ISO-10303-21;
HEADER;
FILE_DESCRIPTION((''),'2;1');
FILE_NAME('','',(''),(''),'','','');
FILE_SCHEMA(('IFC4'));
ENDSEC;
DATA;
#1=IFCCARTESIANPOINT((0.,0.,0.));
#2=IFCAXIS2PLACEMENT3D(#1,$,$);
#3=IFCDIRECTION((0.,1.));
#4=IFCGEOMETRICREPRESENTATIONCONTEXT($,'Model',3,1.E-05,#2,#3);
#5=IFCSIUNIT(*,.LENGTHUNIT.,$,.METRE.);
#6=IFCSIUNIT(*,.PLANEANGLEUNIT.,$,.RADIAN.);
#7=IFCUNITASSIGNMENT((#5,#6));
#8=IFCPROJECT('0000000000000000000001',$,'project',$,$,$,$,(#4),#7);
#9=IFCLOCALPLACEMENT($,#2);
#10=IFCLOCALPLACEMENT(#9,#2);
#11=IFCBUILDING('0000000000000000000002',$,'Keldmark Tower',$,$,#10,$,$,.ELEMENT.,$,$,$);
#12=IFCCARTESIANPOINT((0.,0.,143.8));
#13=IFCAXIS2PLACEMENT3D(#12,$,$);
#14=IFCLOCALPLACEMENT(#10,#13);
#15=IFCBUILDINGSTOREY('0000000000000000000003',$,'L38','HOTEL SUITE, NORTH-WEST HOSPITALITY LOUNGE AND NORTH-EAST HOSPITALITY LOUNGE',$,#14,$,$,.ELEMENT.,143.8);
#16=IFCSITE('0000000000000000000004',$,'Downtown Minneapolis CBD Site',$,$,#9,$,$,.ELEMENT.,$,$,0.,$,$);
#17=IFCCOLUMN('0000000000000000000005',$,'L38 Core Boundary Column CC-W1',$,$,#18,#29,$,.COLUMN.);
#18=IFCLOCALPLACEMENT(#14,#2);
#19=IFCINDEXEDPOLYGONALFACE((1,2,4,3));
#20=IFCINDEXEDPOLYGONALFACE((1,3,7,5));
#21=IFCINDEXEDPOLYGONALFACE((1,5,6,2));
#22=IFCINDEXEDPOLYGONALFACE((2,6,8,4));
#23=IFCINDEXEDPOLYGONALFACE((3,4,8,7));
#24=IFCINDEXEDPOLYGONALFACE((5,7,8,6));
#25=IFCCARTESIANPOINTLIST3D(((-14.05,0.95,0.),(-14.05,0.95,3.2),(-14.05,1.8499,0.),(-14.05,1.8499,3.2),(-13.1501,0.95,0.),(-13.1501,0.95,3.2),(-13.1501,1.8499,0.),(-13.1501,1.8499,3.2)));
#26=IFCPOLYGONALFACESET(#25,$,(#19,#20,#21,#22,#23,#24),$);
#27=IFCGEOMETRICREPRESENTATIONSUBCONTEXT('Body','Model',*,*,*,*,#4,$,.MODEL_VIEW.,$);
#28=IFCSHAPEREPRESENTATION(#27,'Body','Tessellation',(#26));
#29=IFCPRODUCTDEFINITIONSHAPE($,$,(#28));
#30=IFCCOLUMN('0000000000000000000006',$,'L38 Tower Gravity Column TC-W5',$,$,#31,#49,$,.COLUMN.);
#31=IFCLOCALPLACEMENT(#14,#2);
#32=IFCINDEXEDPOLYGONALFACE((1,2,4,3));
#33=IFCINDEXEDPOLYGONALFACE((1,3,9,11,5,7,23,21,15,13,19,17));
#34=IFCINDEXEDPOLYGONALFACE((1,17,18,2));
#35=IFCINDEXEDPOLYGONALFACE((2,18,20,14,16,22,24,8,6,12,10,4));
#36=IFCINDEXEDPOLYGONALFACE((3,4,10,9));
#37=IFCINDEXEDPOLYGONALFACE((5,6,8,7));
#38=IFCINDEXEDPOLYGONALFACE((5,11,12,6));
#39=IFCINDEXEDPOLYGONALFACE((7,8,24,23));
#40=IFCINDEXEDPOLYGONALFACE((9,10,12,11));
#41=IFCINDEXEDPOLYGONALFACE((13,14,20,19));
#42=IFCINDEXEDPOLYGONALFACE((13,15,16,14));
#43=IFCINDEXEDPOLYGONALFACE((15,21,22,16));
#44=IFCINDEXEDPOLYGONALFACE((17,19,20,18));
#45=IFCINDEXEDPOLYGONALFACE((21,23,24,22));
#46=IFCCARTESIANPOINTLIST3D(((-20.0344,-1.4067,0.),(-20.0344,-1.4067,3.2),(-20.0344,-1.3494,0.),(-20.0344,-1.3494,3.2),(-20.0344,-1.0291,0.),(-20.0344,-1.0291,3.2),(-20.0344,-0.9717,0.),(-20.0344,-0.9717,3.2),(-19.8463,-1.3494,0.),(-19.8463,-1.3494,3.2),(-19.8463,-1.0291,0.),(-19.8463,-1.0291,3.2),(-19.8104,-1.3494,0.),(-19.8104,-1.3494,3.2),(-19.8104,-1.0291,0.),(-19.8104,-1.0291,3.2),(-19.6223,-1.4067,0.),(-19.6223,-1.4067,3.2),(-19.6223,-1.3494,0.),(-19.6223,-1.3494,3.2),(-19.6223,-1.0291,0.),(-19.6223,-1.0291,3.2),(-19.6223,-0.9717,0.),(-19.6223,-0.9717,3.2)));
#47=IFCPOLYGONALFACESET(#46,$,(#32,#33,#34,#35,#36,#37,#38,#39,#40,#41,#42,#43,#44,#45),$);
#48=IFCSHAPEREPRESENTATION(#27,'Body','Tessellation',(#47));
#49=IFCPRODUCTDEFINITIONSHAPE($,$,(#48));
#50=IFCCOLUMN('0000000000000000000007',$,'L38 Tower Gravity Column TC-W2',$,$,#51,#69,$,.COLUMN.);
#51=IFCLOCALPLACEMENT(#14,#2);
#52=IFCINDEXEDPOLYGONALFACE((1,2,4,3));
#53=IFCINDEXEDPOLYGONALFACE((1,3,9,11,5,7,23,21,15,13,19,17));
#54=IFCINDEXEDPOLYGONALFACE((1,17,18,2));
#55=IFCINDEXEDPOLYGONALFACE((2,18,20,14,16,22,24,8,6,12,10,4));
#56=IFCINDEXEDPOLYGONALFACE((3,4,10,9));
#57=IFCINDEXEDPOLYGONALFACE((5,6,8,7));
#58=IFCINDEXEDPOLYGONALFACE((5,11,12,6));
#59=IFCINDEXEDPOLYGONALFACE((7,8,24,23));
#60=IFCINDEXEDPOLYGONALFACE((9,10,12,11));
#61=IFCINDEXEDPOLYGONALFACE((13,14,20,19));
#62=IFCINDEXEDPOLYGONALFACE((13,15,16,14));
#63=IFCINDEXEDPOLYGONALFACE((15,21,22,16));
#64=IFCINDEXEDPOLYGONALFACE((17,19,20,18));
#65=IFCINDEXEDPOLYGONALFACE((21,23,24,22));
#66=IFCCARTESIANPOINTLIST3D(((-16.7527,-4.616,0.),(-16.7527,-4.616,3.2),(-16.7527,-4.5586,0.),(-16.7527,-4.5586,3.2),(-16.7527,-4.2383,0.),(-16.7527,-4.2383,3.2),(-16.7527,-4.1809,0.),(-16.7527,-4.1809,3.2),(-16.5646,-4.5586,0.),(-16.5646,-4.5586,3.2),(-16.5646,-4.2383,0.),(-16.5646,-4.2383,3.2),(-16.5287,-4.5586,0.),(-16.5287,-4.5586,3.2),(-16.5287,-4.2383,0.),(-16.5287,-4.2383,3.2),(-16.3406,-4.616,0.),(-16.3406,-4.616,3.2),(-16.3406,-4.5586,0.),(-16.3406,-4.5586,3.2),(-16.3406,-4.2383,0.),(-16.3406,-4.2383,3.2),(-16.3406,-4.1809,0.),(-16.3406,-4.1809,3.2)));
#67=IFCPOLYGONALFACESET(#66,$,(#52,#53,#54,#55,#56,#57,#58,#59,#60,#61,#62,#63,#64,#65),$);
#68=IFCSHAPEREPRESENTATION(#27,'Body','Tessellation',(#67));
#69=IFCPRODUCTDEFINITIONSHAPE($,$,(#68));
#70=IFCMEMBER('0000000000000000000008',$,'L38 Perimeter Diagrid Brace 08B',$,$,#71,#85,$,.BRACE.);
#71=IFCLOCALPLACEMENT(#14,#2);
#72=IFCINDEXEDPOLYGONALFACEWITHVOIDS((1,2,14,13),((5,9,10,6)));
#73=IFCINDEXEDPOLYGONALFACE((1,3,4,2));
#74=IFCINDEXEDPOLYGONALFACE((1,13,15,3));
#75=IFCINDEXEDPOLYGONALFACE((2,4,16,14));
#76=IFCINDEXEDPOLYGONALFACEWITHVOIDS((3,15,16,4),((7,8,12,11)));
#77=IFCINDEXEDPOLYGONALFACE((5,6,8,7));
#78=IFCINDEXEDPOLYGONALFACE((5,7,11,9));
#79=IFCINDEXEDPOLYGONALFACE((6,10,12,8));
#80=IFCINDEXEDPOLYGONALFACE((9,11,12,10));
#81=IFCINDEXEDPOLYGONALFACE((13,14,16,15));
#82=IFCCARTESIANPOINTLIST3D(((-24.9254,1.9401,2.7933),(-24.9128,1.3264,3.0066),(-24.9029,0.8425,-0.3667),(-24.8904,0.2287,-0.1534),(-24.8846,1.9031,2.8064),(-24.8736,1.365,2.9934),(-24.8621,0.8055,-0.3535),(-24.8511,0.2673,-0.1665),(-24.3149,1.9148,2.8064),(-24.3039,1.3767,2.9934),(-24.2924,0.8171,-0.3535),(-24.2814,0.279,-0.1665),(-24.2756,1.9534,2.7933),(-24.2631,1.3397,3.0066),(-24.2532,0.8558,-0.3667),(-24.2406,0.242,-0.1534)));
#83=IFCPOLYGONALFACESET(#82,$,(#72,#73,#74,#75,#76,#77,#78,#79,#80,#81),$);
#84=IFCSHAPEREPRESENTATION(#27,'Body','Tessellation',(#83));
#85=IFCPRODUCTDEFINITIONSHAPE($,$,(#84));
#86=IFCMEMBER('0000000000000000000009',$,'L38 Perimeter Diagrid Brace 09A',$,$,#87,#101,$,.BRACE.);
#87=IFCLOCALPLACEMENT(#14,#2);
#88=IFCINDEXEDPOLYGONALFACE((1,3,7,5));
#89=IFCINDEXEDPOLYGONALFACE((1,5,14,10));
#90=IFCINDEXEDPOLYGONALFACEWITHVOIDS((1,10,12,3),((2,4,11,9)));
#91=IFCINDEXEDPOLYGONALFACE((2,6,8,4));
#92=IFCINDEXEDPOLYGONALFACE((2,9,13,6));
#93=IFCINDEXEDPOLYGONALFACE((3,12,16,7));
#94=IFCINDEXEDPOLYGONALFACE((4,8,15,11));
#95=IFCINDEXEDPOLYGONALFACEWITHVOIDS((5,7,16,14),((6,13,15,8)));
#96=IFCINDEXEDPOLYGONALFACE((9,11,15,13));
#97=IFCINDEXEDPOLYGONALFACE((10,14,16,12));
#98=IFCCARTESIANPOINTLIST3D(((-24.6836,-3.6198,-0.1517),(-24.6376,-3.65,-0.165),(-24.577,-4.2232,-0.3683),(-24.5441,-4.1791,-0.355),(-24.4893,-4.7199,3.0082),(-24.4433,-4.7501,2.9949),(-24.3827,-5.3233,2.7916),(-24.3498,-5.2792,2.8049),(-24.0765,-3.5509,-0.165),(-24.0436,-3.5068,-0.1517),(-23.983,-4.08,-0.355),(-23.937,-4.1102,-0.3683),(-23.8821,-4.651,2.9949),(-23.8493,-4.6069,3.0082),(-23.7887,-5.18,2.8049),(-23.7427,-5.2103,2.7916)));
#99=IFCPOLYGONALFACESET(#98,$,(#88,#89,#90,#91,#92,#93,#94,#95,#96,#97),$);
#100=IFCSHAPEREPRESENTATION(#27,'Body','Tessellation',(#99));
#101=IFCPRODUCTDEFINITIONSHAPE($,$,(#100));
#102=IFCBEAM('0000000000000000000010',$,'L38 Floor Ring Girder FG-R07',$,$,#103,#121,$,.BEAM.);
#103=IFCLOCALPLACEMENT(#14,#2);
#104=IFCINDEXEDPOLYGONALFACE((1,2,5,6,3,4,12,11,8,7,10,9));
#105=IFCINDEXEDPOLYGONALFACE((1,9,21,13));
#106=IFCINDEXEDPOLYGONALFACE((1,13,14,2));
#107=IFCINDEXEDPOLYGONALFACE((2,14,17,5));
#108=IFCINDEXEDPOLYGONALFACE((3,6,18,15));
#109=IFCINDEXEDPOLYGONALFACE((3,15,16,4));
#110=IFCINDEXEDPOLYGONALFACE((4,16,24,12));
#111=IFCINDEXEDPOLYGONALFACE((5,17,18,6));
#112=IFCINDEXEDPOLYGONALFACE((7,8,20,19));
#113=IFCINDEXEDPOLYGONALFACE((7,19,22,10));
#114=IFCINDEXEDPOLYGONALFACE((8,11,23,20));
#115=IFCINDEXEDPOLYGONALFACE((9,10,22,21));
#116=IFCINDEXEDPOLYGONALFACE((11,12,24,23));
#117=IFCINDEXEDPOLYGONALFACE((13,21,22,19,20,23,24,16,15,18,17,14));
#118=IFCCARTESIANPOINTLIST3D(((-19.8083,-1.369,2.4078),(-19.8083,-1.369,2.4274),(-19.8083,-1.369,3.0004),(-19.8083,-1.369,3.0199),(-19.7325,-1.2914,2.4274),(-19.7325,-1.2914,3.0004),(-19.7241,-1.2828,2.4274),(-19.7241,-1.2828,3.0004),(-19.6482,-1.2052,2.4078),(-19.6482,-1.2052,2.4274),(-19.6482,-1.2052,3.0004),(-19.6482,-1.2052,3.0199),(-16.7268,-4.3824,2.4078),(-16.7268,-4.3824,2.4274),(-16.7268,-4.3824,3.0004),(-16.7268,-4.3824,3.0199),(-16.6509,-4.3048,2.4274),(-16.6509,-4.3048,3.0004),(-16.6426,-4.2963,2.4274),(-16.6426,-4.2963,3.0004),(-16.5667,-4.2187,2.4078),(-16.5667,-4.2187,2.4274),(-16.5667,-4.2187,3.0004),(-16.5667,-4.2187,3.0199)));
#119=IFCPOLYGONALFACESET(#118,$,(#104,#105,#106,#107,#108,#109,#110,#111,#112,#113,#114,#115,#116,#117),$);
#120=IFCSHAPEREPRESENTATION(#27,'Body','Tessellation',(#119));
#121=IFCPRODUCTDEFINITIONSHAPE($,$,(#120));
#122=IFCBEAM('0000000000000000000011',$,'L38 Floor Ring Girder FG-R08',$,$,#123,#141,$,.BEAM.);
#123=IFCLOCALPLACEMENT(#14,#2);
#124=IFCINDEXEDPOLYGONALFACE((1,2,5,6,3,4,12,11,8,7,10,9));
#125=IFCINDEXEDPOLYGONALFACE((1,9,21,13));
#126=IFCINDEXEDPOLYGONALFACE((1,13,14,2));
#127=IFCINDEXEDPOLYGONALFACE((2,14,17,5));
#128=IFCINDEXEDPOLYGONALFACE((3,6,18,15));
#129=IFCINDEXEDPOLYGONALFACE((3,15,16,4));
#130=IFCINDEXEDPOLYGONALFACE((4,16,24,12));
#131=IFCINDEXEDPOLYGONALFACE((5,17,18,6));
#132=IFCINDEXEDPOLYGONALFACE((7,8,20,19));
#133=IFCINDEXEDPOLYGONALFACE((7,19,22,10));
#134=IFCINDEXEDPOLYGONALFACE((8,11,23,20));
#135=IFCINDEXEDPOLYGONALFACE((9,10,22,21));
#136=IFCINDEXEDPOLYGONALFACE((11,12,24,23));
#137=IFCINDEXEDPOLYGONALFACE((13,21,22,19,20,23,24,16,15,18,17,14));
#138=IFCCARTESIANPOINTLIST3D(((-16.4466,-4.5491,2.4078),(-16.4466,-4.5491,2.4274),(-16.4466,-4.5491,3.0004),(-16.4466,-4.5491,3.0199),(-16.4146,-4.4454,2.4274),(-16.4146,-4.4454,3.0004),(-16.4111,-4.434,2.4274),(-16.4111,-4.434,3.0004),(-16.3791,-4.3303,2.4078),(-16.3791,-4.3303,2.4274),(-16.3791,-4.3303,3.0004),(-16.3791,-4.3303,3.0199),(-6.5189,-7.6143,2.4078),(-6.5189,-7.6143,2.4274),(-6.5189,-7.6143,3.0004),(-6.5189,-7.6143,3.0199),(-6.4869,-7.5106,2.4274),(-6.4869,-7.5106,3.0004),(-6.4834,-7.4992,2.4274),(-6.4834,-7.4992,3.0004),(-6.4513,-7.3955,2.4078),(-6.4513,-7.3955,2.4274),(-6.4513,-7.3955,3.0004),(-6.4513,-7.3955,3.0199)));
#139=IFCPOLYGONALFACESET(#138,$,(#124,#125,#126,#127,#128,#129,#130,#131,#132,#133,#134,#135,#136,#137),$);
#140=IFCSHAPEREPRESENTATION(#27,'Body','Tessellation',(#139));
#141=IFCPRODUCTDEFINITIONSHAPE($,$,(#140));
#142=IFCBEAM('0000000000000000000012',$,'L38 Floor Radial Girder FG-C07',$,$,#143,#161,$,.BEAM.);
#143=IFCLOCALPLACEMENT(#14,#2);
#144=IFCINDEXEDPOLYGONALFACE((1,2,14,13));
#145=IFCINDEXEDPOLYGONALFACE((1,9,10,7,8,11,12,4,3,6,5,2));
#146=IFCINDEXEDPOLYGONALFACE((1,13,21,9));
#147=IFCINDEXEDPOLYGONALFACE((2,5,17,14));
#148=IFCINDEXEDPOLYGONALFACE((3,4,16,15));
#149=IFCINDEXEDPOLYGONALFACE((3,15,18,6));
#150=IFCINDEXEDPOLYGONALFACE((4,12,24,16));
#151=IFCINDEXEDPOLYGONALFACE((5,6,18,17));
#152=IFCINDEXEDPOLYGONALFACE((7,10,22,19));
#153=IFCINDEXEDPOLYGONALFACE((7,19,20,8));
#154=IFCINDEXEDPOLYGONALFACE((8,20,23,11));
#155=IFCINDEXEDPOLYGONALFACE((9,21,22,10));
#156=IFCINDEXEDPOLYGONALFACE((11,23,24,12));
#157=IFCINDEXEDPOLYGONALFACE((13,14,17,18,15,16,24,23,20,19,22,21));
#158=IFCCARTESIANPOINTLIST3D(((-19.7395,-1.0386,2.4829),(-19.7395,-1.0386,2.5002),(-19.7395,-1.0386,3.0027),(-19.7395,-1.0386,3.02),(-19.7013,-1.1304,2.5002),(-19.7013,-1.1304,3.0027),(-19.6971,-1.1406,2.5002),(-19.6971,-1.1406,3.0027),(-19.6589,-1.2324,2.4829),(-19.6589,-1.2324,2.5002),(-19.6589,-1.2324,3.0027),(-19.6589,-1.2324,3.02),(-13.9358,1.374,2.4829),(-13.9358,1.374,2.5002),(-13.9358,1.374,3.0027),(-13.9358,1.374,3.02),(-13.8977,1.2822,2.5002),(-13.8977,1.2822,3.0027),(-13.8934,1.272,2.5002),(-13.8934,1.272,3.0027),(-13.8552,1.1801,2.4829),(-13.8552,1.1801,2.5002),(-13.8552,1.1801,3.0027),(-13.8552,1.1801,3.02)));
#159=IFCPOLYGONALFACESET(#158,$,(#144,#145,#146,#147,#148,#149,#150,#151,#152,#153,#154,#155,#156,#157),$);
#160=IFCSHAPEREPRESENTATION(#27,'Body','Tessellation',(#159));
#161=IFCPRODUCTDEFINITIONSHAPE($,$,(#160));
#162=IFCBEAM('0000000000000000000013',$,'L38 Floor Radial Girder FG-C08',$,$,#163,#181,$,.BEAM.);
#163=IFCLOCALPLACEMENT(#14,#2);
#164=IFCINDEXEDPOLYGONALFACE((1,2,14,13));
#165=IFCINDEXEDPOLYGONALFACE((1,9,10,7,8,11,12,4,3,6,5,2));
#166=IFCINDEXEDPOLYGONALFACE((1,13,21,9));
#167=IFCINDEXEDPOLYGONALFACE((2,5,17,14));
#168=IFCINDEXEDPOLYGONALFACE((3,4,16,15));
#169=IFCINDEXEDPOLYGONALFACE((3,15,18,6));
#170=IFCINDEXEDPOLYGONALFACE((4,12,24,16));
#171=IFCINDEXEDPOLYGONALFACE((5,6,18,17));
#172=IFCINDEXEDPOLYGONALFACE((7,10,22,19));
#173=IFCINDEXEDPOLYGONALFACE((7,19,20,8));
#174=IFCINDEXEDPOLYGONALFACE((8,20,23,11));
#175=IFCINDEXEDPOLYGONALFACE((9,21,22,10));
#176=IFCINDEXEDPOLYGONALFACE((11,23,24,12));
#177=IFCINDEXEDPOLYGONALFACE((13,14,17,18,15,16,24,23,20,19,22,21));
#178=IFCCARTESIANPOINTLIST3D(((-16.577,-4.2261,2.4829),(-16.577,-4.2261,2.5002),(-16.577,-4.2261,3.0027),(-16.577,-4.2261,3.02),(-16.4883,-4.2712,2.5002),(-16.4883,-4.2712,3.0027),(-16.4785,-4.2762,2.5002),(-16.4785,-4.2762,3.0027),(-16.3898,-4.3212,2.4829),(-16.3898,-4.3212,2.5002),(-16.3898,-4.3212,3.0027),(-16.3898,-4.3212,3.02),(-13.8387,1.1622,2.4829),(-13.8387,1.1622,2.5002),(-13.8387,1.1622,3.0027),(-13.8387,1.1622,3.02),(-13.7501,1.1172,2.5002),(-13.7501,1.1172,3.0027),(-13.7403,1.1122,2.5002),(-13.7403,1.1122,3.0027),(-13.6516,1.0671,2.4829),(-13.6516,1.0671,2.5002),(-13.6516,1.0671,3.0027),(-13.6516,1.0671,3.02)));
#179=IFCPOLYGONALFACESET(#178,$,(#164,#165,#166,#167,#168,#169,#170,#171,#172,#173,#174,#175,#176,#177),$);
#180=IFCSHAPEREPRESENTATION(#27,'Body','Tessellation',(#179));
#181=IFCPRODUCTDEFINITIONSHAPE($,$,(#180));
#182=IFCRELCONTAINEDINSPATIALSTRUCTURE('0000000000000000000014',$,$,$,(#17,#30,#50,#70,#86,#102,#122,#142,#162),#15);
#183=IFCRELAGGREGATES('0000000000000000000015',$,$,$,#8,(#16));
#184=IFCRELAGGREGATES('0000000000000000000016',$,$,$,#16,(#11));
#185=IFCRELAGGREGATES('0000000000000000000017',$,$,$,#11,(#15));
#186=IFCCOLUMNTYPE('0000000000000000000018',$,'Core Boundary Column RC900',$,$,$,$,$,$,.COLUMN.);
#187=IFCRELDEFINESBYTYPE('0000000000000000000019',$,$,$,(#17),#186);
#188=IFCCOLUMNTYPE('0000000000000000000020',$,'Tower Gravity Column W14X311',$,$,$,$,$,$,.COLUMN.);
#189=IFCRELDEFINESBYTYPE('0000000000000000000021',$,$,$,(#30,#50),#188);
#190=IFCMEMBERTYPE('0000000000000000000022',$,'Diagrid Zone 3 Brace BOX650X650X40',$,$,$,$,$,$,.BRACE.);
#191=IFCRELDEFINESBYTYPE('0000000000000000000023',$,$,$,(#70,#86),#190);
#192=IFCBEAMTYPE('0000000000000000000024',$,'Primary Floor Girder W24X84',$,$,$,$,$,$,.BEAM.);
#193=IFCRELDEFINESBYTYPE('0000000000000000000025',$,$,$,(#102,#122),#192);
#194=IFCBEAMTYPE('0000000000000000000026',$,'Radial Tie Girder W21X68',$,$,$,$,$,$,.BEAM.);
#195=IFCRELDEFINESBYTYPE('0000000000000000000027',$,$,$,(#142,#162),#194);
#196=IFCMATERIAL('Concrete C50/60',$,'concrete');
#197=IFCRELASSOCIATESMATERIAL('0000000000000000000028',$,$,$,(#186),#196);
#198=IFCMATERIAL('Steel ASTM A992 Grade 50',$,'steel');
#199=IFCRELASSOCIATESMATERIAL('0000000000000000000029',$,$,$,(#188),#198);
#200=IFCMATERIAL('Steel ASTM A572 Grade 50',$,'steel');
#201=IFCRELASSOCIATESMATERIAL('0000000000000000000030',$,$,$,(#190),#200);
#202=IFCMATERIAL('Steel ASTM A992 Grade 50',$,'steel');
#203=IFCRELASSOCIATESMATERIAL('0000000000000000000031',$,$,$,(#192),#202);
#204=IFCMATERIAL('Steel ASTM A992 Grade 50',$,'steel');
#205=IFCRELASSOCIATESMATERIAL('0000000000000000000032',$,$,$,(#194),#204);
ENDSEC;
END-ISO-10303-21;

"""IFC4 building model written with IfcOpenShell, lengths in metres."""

from ifc_helpers import new_model, si_unit, direction, frame, origin, origin_2d, place, context, subcontext, project, spatial, rectangle, hollow_rectangle, i_section, extrude, material, material_profile, profile_set, type_object, element, save


model = new_model("IFC4")

# Units and contexts
model_context = context("Model", 3, precision=1e-05, world=origin(), true_north=direction((0.0, 1.0)))
body_context = subcontext(model_context, "Body", "Model", "MODEL_VIEW")
ifc_project = project(units=[si_unit("LENGTHUNIT", "METRE"), si_unit("PLANEANGLEUNIT", "RADIAN")], contexts=[model_context])

# Site, building, storey
site_placement = place(None, origin())
site = spatial("IfcSite", under=ifc_project, at=site_placement, Name="Downtown Minneapolis CBD Site", CompositionType="ELEMENT", RefElevation=0.0)
building_placement = place(site_placement, origin())
building = spatial("IfcBuilding", under=site, at=building_placement, Name="Keldmark Tower", CompositionType="ELEMENT")
storey_placement = place(building_placement, frame((0.0, 0.0, 143.8)))
storey = spatial("IfcBuildingStorey", under=building, at=storey_placement, Name="L38", Description="HOTEL SUITE, NORTH-WEST HOSPITALITY LOUNGE AND NORTH-EAST HOSPITALITY LOUNGE", CompositionType="ELEMENT", Elevation=143.8)

# Columns
ifc_material_1 = material(Name="Concrete C50/60", Category="concrete")
ifc_material_profile_1 = material_profile(ifc_material_1, rectangle(XDim=0.8999, YDim=0.8999, at=origin_2d()), Name="RC900X900")
ifc_profile_set_1 = profile_set([ifc_material_profile_1], Name="Concrete C50/60")
column_type_1 = type_object("IfcColumnType", Name="Core Boundary Column RC900", PredefinedType="COLUMN", material=ifc_profile_set_1)
column_placement = place(storey_placement, frame((-13.6001, 1.3999, 0.0), z_axis=(0.0, 0.0, 1.0), x_axis=(1.0, 0.0, 0.0)))
element("IfcColumn", 1, at=column_placement, inside=storey, type_object=column_type_1, Name="L38 Core Boundary Column CC-W1", PredefinedType="COLUMN", context=body_context, shape_type="SweptSolid", body=[
    extrude(rectangle(XDim=0.8999, YDim=0.8999, at=origin_2d()), origin(), (0.0, 0.0, 1.0), 3.2),
])
ifc_material_2 = material(Name="Steel ASTM A992 Grade 50", Category="steel")
ifc_material_profile_2 = material_profile(ifc_material_2, i_section(OverallWidth=0.4121, OverallDepth=0.4351, WebThickness=0.0359, FlangeThickness=0.0574, at=origin_2d()), Name="W14X311")
ifc_profile_set_2 = profile_set([ifc_material_profile_2], Name="Steel ASTM A992 Grade 50")
column_type_2 = type_object("IfcColumnType", Name="Tower Gravity Column W14X311", PredefinedType="COLUMN", material=ifc_profile_set_2)
for number, where, z_axis, x_axis, name in (
    (2, (-19.8284, -1.1892, 0.0), (0.0, 0.0, 1.0), (1.0, 0.0, 0.0), "L38 Tower Gravity Column TC-W5"),
    (3, (-16.5466, -4.3984, 0.0), (0.0, 0.0, 1.0), (1.0, 0.0, 0.0), "L38 Tower Gravity Column TC-W2"),
):
    element("IfcColumn", number, at=place(storey_placement, frame(where, z_axis=z_axis, x_axis=x_axis)), inside=storey, type_object=column_type_2, Name=name, PredefinedType="COLUMN", context=body_context, shape_type="SweptSolid", body=[
        extrude(i_section(OverallWidth=0.4121, OverallDepth=0.4351, WebThickness=0.0359, FlangeThickness=0.0574, at=origin_2d()), origin(), (0.0, 0.0, 1.0), 3.2),
    ])

# Members
ifc_material_3 = material(Name="Steel ASTM A572 Grade 50", Category="steel")
ifc_material_profile_3 = material_profile(ifc_material_3, hollow_rectangle(XDim=0.6499, YDim=0.6499, WallThickness=0.04, at=origin_2d()), Name="BOX650X650X40")
ifc_profile_set_3 = profile_set([ifc_material_profile_3], Name="Steel ASTM A572 Grade 50")
member_type = type_object("IfcMemberType", Name="Diagrid Zone 3 Brace BOX650X650X40", PredefinedType="BRACE", material=ifc_profile_set_3)
member_1_placement = place(storey_placement, frame((-24.5718, 0.5422, -0.26), z_axis=(-0.006714, 0.328128, 0.944609), x_axis=(-0.999791, -0.020458, 0.0)))
element("IfcMember", 4, at=member_1_placement, inside=storey, type_object=member_type, Name="L38 Perimeter Diagrid Brace 08B", PredefinedType="BRACE", context=body_context, shape_type="SweptSolid", body=[
    extrude(hollow_rectangle(XDim=0.6499, YDim=0.6499, WallThickness=0.04, at=origin_2d()), origin(), (0.0, 0.0, 1.0), 3.3452),
])
member_2_placement = place(storey_placement, frame((-24.3103, -3.865, -0.26), z_axis=(0.057984, -0.328233, 0.942815), x_axis=(0.984753, 0.17396, 0.0)))
element("IfcMember", 5, at=member_2_placement, inside=storey, type_object=member_type, Name="L38 Perimeter Diagrid Brace 09A", PredefinedType="BRACE", context=body_context, shape_type="SweptSolid", body=[
    extrude(hollow_rectangle(XDim=0.6499, YDim=0.6499, WallThickness=0.04, at=origin_2d()), origin(), (0.0, 0.0, 1.0), 3.3516),
])

# Beams
ifc_material_4 = material(Name="Steel ASTM A992 Grade 50", Category="steel")
ifc_material_profile_4 = material_profile(ifc_material_4, i_section(OverallWidth=0.229, OverallDepth=0.6121, WebThickness=0.012, FlangeThickness=0.0195, at=origin_2d()), Name="W24X84")
ifc_profile_set_4 = profile_set([ifc_material_profile_4], Name="Steel ASTM A992 Grade 50")
beam_type_1 = type_object("IfcBeamType", Name="Primary Floor Girder W24X84", PredefinedType="BEAM", material=ifc_profile_set_4)
beam_1_placement = place(storey_placement, frame((-19.7283, -1.2871, 2.7139), z_axis=(0.714965, -0.699161, 0.0), x_axis=(0.699161, 0.714965, 0.0)))
element("IfcBeam", 6, at=beam_1_placement, inside=storey, type_object=beam_type_1, Name="L38 Floor Ring Girder FG-R07", PredefinedType="BEAM", context=body_context, shape_type="SweptSolid", body=[
    extrude(i_section(OverallWidth=0.229, OverallDepth=0.6121, WebThickness=0.012, FlangeThickness=0.0195, at=origin_2d()), origin(), (0.0, 0.0, 1.0), 4.3101),
])
beam_2_placement = place(storey_placement, frame((-16.4128, -4.4397, 2.7139), z_axis=(0.955495, -0.295009, 0.0), x_axis=(0.295009, 0.955495, 0.0)))
element("IfcBeam", 7, at=beam_2_placement, inside=storey, type_object=beam_type_1, Name="L38 Floor Ring Girder FG-R08", PredefinedType="BEAM", context=body_context, shape_type="SweptSolid", body=[
    extrude(i_section(OverallWidth=0.229, OverallDepth=0.6121, WebThickness=0.012, FlangeThickness=0.0195, at=origin_2d()), origin(), (0.0, 0.0, 1.0), 10.3901),
])
ifc_material_5 = material(Name="Steel ASTM A992 Grade 50", Category="steel")
ifc_material_profile_5 = material_profile(ifc_material_5, i_section(OverallWidth=0.21, OverallDepth=0.5371, WebThickness=0.011, FlangeThickness=0.0173, at=origin_2d()), Name="W21X68")
ifc_profile_set_5 = profile_set([ifc_material_profile_5], Name="Steel ASTM A992 Grade 50")
beam_type_2 = type_object("IfcBeamType", Name="Radial Tie Girder W21X68", PredefinedType="BEAM", material=ifc_profile_set_5)
beam_3_placement = place(storey_placement, frame((-19.6992, -1.1355, 2.7515), z_axis=(0.923394, 0.383854, 0.0), x_axis=(-0.383854, 0.923394, 0.0)))
element("IfcBeam", 8, at=beam_3_placement, inside=storey, type_object=beam_type_2, Name="L38 Floor Radial Girder FG-C07", PredefinedType="BEAM", context=body_context, shape_type="SweptSolid", body=[
    extrude(i_section(OverallWidth=0.21, OverallDepth=0.5371, WebThickness=0.011, FlangeThickness=0.0173, at=origin_2d()), origin(), (0.0, 0.0, 1.0), 6.2852),
])
beam_4_placement = place(storey_placement, frame((-16.4834, -4.2737, 2.7515), z_axis=(0.453037, 0.891492, 0.0), x_axis=(-0.891492, 0.453037, 0.0)))
element("IfcBeam", 9, at=beam_4_placement, inside=storey, type_object=beam_type_2, Name="L38 Floor Radial Girder FG-C08", PredefinedType="BEAM", context=body_context, shape_type="SweptSolid", body=[
    extrude(i_section(OverallWidth=0.21, OverallDepth=0.5371, WebThickness=0.011, FlangeThickness=0.0173, at=origin_2d()), origin(), (0.0, 0.0, 1.0), 6.0442),
])

save(model, "model.ifc")
